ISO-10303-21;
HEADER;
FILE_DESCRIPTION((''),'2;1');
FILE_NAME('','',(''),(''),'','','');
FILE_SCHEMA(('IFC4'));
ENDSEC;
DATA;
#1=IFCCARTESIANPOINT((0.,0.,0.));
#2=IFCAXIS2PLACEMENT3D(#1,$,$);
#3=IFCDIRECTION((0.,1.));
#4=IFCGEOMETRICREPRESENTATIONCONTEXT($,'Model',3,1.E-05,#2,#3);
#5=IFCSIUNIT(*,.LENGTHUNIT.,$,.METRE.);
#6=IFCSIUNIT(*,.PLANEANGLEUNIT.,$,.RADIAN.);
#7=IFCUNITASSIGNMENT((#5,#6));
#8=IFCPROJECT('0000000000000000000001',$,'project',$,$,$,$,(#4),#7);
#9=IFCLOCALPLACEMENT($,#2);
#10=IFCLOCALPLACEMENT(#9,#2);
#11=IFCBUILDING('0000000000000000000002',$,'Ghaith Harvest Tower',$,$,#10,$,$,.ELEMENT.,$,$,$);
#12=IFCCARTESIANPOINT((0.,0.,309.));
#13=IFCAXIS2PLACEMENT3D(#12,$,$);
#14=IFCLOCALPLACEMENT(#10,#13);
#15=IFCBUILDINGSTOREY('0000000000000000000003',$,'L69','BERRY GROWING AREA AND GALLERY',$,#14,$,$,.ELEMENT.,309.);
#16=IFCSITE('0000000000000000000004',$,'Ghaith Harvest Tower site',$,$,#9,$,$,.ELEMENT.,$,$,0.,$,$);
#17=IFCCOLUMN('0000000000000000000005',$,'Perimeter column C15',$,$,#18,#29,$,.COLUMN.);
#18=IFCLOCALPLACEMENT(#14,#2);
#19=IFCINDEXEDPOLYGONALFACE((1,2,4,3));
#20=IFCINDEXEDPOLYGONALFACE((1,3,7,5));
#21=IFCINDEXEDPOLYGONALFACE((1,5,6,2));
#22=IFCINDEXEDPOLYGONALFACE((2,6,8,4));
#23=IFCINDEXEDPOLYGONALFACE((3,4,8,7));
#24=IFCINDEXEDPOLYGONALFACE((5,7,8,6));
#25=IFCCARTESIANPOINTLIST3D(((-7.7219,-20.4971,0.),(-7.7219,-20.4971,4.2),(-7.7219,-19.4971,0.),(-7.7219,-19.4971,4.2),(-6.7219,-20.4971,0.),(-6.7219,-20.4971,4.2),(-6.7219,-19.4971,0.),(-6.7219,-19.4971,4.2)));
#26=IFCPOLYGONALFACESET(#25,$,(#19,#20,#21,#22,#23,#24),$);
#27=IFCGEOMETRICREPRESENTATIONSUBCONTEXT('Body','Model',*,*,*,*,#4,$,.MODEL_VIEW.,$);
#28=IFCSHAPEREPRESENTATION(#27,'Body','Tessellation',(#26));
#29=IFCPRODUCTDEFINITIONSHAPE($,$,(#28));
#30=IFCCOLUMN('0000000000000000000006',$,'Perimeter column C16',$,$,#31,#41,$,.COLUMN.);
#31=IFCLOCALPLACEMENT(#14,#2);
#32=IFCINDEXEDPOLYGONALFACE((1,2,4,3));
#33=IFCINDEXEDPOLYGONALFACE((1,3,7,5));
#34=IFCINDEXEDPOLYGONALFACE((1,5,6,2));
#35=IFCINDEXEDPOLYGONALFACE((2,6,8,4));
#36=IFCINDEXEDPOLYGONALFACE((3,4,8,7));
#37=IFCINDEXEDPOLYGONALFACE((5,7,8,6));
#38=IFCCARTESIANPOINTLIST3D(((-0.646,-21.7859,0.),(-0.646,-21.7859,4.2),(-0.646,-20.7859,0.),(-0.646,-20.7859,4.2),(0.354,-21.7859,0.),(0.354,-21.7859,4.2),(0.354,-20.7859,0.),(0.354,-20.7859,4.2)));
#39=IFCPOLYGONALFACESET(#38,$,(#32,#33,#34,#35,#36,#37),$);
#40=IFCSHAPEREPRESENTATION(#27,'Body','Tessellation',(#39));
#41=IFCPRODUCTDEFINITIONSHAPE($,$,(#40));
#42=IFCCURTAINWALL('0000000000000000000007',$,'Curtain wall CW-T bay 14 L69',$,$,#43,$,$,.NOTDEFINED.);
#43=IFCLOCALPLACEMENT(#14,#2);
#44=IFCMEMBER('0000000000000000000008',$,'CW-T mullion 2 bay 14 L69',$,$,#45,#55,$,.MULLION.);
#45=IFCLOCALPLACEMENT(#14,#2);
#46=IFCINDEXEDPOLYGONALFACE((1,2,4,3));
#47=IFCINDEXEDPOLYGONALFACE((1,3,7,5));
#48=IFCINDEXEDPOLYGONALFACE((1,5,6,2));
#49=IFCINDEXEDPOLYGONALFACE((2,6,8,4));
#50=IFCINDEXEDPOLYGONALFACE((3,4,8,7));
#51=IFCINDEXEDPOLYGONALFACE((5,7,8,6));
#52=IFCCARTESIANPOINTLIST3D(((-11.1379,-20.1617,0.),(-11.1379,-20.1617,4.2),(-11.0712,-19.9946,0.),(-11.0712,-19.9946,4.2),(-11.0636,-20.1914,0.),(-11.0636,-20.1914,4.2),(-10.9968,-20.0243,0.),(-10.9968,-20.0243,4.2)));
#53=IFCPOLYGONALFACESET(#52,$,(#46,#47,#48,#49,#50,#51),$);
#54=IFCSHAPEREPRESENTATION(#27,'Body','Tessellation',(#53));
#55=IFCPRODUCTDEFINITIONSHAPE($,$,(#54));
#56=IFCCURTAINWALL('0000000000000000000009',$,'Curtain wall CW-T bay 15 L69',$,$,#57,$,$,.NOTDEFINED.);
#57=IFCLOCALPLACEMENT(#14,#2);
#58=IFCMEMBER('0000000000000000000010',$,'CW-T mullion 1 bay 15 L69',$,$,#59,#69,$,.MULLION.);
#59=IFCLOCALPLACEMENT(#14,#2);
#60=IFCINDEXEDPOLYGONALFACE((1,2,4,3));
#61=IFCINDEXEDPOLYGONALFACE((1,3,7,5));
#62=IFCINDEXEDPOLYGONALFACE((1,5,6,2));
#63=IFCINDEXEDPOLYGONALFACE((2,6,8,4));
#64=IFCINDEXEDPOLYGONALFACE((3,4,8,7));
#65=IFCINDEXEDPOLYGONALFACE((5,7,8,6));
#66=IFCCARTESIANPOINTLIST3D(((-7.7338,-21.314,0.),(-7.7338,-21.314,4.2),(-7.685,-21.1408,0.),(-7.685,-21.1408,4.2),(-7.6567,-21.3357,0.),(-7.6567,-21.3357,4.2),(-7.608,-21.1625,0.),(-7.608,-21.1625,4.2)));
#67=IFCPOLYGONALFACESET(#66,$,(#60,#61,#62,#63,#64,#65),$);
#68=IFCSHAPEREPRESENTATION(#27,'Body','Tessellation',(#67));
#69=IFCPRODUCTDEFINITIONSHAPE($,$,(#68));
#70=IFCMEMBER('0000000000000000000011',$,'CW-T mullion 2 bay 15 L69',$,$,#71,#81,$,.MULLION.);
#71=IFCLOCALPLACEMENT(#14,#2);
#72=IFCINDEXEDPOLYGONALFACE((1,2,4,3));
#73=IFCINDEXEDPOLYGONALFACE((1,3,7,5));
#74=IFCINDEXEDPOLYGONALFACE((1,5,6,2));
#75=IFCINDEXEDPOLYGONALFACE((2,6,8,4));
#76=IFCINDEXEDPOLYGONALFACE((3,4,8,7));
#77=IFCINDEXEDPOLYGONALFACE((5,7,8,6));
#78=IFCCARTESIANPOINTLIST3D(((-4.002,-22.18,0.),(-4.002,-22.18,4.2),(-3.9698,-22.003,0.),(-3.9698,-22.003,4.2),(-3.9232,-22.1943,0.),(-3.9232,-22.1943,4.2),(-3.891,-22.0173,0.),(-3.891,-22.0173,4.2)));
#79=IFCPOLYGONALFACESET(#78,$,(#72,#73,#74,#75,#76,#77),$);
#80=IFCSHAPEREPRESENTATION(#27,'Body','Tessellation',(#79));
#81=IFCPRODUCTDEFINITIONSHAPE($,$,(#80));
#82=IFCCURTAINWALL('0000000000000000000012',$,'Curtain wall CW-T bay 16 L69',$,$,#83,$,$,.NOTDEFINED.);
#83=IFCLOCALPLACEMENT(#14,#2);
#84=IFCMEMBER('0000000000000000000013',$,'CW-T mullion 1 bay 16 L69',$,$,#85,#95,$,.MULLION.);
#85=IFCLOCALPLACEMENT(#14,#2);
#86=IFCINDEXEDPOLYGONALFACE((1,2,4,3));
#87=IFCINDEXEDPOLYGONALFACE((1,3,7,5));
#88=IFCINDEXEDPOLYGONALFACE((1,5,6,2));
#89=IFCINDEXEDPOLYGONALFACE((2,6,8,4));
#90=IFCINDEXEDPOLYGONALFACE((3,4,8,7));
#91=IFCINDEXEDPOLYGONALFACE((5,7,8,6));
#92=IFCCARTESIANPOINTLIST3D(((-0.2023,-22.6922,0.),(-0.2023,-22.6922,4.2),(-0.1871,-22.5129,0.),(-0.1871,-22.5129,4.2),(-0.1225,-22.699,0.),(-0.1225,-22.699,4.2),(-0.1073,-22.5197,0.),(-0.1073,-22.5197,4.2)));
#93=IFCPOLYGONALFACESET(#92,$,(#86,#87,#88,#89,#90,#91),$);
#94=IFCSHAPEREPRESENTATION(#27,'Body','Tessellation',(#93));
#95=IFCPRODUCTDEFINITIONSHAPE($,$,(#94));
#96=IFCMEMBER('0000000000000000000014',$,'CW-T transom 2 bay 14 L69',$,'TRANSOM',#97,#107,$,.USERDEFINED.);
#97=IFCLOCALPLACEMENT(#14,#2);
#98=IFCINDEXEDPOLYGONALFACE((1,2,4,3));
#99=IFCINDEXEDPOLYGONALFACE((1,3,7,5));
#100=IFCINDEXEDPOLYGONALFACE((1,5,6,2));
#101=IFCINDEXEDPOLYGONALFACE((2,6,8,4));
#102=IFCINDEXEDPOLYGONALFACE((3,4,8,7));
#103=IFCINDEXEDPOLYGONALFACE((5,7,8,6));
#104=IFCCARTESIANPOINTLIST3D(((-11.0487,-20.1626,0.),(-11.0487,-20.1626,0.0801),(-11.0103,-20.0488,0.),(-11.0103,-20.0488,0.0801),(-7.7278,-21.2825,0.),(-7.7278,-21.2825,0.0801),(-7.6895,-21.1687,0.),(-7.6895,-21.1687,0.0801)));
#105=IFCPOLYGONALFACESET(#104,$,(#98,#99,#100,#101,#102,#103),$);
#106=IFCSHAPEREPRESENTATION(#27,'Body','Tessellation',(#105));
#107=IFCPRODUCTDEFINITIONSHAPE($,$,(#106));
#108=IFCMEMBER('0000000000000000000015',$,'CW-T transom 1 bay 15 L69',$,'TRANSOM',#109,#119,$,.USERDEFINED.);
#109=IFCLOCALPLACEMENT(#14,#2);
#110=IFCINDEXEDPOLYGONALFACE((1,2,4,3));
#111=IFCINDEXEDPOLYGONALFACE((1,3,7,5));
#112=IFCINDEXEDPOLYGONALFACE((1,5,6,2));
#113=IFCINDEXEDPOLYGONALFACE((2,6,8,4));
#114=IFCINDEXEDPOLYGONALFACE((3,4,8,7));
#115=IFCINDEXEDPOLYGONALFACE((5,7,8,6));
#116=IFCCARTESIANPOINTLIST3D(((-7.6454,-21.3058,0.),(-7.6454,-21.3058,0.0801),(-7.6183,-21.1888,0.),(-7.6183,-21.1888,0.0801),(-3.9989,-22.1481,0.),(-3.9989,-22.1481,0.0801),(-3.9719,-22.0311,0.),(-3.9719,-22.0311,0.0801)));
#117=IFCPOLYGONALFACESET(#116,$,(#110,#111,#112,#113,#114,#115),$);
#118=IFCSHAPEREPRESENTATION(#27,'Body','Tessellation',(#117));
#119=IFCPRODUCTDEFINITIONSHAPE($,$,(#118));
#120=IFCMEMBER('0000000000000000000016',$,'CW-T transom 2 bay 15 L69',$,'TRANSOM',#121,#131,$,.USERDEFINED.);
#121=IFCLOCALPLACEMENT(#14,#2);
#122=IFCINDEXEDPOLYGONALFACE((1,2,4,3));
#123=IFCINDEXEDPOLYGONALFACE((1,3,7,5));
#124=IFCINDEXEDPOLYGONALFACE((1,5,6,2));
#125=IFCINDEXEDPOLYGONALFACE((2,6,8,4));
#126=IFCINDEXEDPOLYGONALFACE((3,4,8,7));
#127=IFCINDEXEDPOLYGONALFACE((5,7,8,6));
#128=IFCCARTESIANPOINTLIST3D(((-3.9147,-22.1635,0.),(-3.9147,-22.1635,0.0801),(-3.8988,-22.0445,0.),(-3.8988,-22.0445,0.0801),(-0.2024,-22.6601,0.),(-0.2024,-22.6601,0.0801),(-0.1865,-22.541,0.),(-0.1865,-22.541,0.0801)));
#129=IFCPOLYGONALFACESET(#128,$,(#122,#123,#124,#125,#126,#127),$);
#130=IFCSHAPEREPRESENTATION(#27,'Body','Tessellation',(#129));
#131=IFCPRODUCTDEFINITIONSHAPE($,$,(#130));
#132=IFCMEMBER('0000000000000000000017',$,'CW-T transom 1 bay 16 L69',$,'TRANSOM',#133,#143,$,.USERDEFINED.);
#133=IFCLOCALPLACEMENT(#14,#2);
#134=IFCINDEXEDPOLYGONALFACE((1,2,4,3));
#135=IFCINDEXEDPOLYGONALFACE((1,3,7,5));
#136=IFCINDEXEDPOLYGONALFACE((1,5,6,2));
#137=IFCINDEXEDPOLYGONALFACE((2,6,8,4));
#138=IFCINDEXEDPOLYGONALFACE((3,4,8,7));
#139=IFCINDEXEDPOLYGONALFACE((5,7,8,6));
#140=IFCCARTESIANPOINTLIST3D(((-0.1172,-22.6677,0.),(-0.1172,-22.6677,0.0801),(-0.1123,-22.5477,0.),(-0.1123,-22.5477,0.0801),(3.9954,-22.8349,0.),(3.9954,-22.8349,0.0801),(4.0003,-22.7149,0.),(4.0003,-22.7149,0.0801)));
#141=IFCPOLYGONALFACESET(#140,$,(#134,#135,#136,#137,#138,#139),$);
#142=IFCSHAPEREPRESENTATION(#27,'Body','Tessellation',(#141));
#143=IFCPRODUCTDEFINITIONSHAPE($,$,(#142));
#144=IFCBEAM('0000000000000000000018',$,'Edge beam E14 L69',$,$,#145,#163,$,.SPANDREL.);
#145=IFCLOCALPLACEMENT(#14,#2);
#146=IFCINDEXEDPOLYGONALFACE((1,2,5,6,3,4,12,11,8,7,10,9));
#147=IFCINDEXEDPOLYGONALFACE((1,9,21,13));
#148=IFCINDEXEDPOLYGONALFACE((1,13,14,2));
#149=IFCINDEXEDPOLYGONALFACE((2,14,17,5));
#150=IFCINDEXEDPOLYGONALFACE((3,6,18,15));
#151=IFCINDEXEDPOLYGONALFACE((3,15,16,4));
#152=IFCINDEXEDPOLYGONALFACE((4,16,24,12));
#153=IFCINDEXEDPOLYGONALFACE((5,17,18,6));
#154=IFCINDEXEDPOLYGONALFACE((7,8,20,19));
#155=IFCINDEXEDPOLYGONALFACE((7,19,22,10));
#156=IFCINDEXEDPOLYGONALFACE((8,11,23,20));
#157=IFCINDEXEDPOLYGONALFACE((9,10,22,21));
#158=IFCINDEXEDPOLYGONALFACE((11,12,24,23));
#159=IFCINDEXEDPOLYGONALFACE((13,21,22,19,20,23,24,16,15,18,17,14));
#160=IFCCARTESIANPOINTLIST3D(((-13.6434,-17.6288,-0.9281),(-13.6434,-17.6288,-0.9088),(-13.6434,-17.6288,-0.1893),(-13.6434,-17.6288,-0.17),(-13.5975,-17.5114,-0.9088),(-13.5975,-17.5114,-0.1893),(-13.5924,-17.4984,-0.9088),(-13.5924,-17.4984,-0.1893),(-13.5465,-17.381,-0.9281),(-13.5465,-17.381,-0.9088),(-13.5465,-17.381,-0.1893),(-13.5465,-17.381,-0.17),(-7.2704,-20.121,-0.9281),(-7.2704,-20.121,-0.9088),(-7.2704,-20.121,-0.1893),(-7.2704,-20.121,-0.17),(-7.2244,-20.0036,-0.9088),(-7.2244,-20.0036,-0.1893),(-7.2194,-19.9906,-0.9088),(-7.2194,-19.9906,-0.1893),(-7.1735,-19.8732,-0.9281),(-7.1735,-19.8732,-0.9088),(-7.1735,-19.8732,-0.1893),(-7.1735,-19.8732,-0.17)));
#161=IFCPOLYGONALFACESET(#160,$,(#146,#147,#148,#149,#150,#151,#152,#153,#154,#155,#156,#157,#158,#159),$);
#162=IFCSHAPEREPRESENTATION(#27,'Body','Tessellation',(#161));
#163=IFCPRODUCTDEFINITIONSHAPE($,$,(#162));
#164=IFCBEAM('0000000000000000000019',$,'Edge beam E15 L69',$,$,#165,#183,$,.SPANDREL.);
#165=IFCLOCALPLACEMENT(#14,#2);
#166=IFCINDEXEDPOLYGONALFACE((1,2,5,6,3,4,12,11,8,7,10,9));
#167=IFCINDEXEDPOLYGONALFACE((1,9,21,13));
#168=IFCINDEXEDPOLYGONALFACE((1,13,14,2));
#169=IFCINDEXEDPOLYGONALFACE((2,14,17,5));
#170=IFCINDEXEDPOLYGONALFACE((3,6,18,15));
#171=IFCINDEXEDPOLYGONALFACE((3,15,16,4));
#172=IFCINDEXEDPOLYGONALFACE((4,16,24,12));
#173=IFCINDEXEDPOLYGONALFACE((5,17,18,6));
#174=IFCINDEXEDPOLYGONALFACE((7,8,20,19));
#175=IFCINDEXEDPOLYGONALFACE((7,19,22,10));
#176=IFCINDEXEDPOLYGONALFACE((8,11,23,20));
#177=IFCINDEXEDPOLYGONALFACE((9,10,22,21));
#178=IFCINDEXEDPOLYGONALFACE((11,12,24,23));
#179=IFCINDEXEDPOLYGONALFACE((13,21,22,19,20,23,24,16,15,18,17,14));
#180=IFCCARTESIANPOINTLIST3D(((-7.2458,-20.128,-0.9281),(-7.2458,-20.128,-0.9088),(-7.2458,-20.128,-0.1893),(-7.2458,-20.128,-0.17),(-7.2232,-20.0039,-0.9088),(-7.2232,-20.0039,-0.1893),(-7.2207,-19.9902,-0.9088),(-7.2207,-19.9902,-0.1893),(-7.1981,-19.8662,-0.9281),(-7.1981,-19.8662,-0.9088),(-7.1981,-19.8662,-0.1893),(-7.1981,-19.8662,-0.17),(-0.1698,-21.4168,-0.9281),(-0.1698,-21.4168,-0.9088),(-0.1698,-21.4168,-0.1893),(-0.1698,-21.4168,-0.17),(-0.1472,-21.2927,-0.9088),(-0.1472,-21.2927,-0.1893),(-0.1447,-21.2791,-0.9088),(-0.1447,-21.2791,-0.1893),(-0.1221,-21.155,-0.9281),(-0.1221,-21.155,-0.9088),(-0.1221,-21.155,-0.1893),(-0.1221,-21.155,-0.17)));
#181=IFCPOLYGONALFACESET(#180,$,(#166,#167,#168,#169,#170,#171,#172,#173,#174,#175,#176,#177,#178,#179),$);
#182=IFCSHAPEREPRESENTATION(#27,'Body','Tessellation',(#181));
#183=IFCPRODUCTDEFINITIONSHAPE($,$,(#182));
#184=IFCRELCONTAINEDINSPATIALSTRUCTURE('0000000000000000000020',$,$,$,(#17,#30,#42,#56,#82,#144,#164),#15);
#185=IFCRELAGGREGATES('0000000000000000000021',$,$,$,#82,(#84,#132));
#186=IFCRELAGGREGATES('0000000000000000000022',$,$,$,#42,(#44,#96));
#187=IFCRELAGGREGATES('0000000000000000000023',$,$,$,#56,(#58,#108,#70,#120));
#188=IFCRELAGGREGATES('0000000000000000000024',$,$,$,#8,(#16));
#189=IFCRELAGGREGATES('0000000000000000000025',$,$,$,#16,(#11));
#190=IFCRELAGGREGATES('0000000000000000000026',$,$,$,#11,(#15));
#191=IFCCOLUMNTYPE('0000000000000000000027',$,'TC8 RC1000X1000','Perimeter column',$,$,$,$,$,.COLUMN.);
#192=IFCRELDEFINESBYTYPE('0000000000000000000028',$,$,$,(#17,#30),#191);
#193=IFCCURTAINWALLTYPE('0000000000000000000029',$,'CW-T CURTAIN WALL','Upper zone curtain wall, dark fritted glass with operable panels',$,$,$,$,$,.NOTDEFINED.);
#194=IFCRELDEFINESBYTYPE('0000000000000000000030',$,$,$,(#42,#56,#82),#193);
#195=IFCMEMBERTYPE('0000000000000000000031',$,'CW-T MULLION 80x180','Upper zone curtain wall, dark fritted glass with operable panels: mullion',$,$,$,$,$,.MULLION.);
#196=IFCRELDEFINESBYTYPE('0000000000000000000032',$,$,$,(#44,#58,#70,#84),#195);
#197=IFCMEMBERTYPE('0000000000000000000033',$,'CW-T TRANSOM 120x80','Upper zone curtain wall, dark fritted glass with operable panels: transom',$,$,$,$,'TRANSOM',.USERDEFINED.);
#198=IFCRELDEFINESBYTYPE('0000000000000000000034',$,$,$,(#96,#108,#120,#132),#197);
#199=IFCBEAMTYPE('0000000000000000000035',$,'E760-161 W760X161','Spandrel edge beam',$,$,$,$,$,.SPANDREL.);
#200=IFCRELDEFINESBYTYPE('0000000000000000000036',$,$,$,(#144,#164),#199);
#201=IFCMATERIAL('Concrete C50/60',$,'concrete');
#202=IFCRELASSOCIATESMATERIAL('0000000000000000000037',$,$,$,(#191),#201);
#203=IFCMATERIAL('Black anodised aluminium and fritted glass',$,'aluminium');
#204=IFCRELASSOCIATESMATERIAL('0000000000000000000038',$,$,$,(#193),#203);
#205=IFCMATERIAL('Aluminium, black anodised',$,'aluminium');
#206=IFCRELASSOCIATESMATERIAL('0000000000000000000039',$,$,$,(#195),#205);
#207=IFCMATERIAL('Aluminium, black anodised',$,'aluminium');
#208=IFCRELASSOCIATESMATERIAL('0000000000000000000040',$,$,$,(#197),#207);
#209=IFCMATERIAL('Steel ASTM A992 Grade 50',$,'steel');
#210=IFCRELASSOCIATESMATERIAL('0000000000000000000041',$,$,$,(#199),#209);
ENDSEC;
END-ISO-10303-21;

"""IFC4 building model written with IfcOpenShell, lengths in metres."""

from ifc_helpers import new_model, si_unit, direction, frame, origin, origin_2d, place, context, subcontext, project, spatial, rectangle, i_section, extrude, material, material_profile, profile_set, type_object, element, aggregate, save


model = new_model("IFC4")

# Units and contexts
model_context = context("Model", 3, precision=1e-05, world=origin(), true_north=direction((0.0, 1.0)))
body_context = subcontext(model_context, "Body", "Model", "MODEL_VIEW")
ifc_project = project(units=[si_unit("LENGTHUNIT", "METRE"), si_unit("PLANEANGLEUNIT", "RADIAN")], contexts=[model_context])

# Site, building, storey
site_placement = place(None, origin())
site = spatial("IfcSite", under=ifc_project, at=site_placement, Name="Ghaith Harvest Tower site", CompositionType="ELEMENT", RefElevation=0.0)
building_placement = place(site_placement, origin())
building = spatial("IfcBuilding", under=site, at=building_placement, Name="Ghaith Harvest Tower", CompositionType="ELEMENT")
storey_placement = place(building_placement, frame((0.0, 0.0, 309.0)))
storey = spatial("IfcBuildingStorey", under=building, at=storey_placement, Name="L69", Description="BERRY GROWING AREA AND GALLERY", CompositionType="ELEMENT", Elevation=309.0)

# Columns
ifc_material_1 = material(Name="Concrete C50/60", Category="concrete")
ifc_material_profile_1 = material_profile(ifc_material_1, rectangle(XDim=1.0, YDim=1.0, at=origin_2d()), Name="RC1000X1000")
ifc_profile_set_1 = profile_set([ifc_material_profile_1], Name="Concrete C50/60")
column_type = type_object("IfcColumnType", Name="TC8 RC1000X1000", Description="Perimeter column", PredefinedType="COLUMN", material=ifc_profile_set_1)
for number, where, z_axis, x_axis, name in (
    (1, (-7.2219, -19.9971, 0.0), (0.0, 0.0, 1.0), (1.0, 0.0, 0.0), "Perimeter column C15"),
    (2, (-0.146, -21.2859, 0.0), (0.0, 0.0, 1.0), (1.0, 0.0, 0.0), "Perimeter column C16"),
):
    element("IfcColumn", number, at=place(storey_placement, frame(where, z_axis=z_axis, x_axis=x_axis)), inside=storey, type_object=column_type, Name=name, PredefinedType="COLUMN", context=body_context, shape_type="SweptSolid", body=[
        extrude(rectangle(XDim=1.0, YDim=1.0, at=origin_2d()), origin(), (0.0, 0.0, 1.0), 4.2),
    ])

# Curtain wall, member
ifc_material_2 = material(Name="Black anodised aluminium and fritted glass", Category="aluminium")
curtain_wall_type = type_object("IfcCurtainWallType", Name="CW-T CURTAIN WALL", Description="Upper zone curtain wall, dark fritted glass with operable panels", PredefinedType="NOTDEFINED", material=ifc_material_2)
curtain_wall_1_placement = place(storey_placement, origin())
curtain_wall_1 = element("IfcCurtainWall", 3, at=curtain_wall_1_placement, inside=storey, type_object=curtain_wall_type, Name="Curtain wall CW-T bay 14 L69", PredefinedType="NOTDEFINED")
ifc_material_3 = material(Name="Aluminium, black anodised", Category="aluminium")
ifc_material_profile_2 = material_profile(ifc_material_3, rectangle(XDim=0.0801, YDim=0.1799, at=origin_2d()), Name="CW-T MULLION 80x180")
ifc_profile_set_2 = profile_set([ifc_material_profile_2], Name="Aluminium, black anodised")
member_type_1 = type_object("IfcMemberType", Name="CW-T MULLION 80x180", Description="Upper zone curtain wall, dark fritted glass with operable panels: mullion", PredefinedType="MULLION", material=ifc_profile_set_2)
member_1_placement = place(storey_placement, frame((-11.0674, -20.093, 0.0), z_axis=(0.0, 0.0, 1.0), x_axis=(0.928624, -0.371021, 0.0)))
member_1 = element("IfcMember", 4, at=member_1_placement, type_object=member_type_1, Name="CW-T mullion 2 bay 14 L69", PredefinedType="MULLION", context=body_context, shape_type="SweptSolid", body=[
    extrude(rectangle(XDim=0.0801, YDim=0.1799, at=origin_2d()), origin(), (0.0, 0.0, 1.0), 4.2),
])

# Curtain wall, members
curtain_wall_2_placement = place(storey_placement, origin())
curtain_wall_2 = element("IfcCurtainWall", 5, at=curtain_wall_2_placement, inside=storey, type_object=curtain_wall_type, Name="Curtain wall CW-T bay 15 L69", PredefinedType="NOTDEFINED")
member_2_placement = place(storey_placement, frame((-7.6709, -21.2383, 0.0), z_axis=(0.0, 0.0, 1.0), x_axis=(0.962552, -0.271095, 0.0)))
member_2 = element("IfcMember", 6, at=member_2_placement, type_object=member_type_1, Name="CW-T mullion 1 bay 15 L69", PredefinedType="MULLION", context=body_context, shape_type="SweptSolid", body=[
    extrude(rectangle(XDim=0.0801, YDim=0.1799, at=origin_2d()), origin(), (0.0, 0.0, 1.0), 4.2),
])
member_3_placement = place(storey_placement, frame((-3.9465, -22.0986, 0.0), z_axis=(0.0, 0.0, 1.0), x_axis=(0.983843, -0.179031, 0.0)))
member_3 = element("IfcMember", 7, at=member_3_placement, type_object=member_type_1, Name="CW-T mullion 2 bay 15 L69", PredefinedType="MULLION", context=body_context, shape_type="SweptSolid", body=[
    extrude(rectangle(XDim=0.0801, YDim=0.1799, at=origin_2d()), origin(), (0.0, 0.0, 1.0), 4.2),
])

# Curtain wall, member
curtain_wall_3_placement = place(storey_placement, origin())
curtain_wall_3 = element("IfcCurtainWall", 8, at=curtain_wall_3_placement, inside=storey, type_object=curtain_wall_type, Name="Curtain wall CW-T bay 16 L69", PredefinedType="NOTDEFINED")
member_4_placement = place(storey_placement, frame((-0.1548, -22.606, 0.0), z_axis=(0.0, 0.0, 1.0), x_axis=(0.996415, -0.084602, 0.0)))
member_4 = element("IfcMember", 9, at=member_4_placement, type_object=member_type_1, Name="CW-T mullion 1 bay 16 L69", PredefinedType="MULLION", context=body_context, shape_type="SweptSolid", body=[
    extrude(rectangle(XDim=0.0801, YDim=0.1799, at=origin_2d()), origin(), (0.0, 0.0, 1.0), 4.2),
])

# Members
ifc_material_4 = material(Name="Aluminium, black anodised", Category="aluminium")
ifc_material_profile_3 = material_profile(ifc_material_4, rectangle(XDim=0.1201, YDim=0.0801, at=origin_2d()), Name="CW-T TRANSOM 120x80")
ifc_profile_set_3 = profile_set([ifc_material_profile_3], Name="Aluminium, black anodised")
member_type_2 = type_object("IfcMemberType", Name="CW-T TRANSOM 120x80", Description="Upper zone curtain wall, dark fritted glass with operable panels: transom", ElementType="TRANSOM", PredefinedType="USERDEFINED", material=ifc_profile_set_3)
member_5_placement = place(storey_placement, frame((-11.0295, -20.1057, 0.04), z_axis=(0.94757, -0.319549, 0.0), x_axis=(0.319549, 0.94757, 0.0)))
member_5 = element("IfcMember", 10, at=member_5_placement, type_object=member_type_2, Name="CW-T transom 2 bay 14 L69", ObjectType="TRANSOM", PredefinedType="USERDEFINED", context=body_context, shape_type="SweptSolid", body=[
    extrude(rectangle(XDim=0.1201, YDim=0.0801, at=origin_2d()), origin(), (0.0, 0.0, 1.0), 3.5046),
])
member_6_placement = place(storey_placement, frame((-7.6318, -21.2473, 0.04), z_axis=(0.974345, -0.22506, 0.0), x_axis=(0.22506, 0.974345, 0.0)))
member_6 = element("IfcMember", 11, at=member_6_placement, type_object=member_type_2, Name="CW-T transom 1 bay 15 L69", ObjectType="TRANSOM", PredefinedType="USERDEFINED", context=body_context, shape_type="SweptSolid", body=[
    extrude(rectangle(XDim=0.1201, YDim=0.0801, at=origin_2d()), origin(), (0.0, 0.0, 1.0), 3.7424),
])
member_7_placement = place(storey_placement, frame((-3.9067, -22.104, 0.04), z_axis=(0.991172, -0.132582, 0.0), x_axis=(0.132582, 0.991172, 0.0)))
member_7 = element("IfcMember", 12, at=member_7_placement, type_object=member_type_2, Name="CW-T transom 2 bay 15 L69", ObjectType="TRANSOM", PredefinedType="USERDEFINED", context=body_context, shape_type="SweptSolid", body=[
    extrude(rectangle(XDim=0.1201, YDim=0.0801, at=origin_2d()), origin(), (0.0, 0.0, 1.0), 3.7454),
])
member_8_placement = place(storey_placement, frame((-0.1147, -22.6077, 0.04), z_axis=(0.999174, -0.040631, 0.0), x_axis=(0.040631, 0.999174, 0.0)))
member_8 = element("IfcMember", 13, at=member_8_placement, type_object=member_type_2, Name="CW-T transom 1 bay 16 L69", ObjectType="TRANSOM", PredefinedType="USERDEFINED", context=body_context, shape_type="SweptSolid", body=[
    extrude(rectangle(XDim=0.1201, YDim=0.0801, at=origin_2d()), origin(), (0.0, 0.0, 1.0), 4.116),
])
aggregate(curtain_wall_3, [member_4, member_8])

# Beams
ifc_material_5 = material(Name="Steel ASTM A992 Grade 50", Category="steel")
ifc_material_profile_4 = material_profile(ifc_material_5, i_section(OverallWidth=0.2661, OverallDepth=0.7581, WebThickness=0.0139, FlangeThickness=0.0193, at=origin_2d()), Name="W760X161")
ifc_profile_set_4 = profile_set([ifc_material_profile_4], Name="Steel ASTM A992 Grade 50")
beam_type_1 = type_object("IfcBeamType", Name="E760-161 W760X161", Description="Spandrel edge beam", PredefinedType="SPANDREL", material=ifc_profile_set_4)
beam_1_placement = place(storey_placement, frame((-13.595, -17.5049, -0.5491), z_axis=(0.931323, -0.364195, 0.0), x_axis=(0.364195, 0.931323, 0.0)))
element("IfcBeam", 14, at=beam_1_placement, inside=storey, type_object=beam_type_1, Name="Edge beam E14 L69", PredefinedType="SPANDREL", context=body_context, shape_type="SweptSolid", body=[
    extrude(i_section(OverallWidth=0.2661, OverallDepth=0.7581, WebThickness=0.0139, FlangeThickness=0.0193, at=origin_2d()), origin(), (0.0, 0.0, 1.0), 6.843),
])
beam_2_placement = place(storey_placement, frame((-7.2219, -19.9971, -0.5491), z_axis=(0.983814, -0.179193, 0.0), x_axis=(0.179193, 0.983814, 0.0)))
element("IfcBeam", 15, at=beam_2_placement, inside=storey, type_object=beam_type_1, Name="Edge beam E15 L69", PredefinedType="SPANDREL", context=body_context, shape_type="SweptSolid", body=[
    extrude(i_section(OverallWidth=0.2661, OverallDepth=0.7581, WebThickness=0.0139, FlangeThickness=0.0193, at=origin_2d()), origin(), (0.0, 0.0, 1.0), 7.1924),
])

aggregate(curtain_wall_1, [member_1, member_5])
aggregate(curtain_wall_2, [member_2, member_6, member_3, member_7])

save(model, "model.ifc")
